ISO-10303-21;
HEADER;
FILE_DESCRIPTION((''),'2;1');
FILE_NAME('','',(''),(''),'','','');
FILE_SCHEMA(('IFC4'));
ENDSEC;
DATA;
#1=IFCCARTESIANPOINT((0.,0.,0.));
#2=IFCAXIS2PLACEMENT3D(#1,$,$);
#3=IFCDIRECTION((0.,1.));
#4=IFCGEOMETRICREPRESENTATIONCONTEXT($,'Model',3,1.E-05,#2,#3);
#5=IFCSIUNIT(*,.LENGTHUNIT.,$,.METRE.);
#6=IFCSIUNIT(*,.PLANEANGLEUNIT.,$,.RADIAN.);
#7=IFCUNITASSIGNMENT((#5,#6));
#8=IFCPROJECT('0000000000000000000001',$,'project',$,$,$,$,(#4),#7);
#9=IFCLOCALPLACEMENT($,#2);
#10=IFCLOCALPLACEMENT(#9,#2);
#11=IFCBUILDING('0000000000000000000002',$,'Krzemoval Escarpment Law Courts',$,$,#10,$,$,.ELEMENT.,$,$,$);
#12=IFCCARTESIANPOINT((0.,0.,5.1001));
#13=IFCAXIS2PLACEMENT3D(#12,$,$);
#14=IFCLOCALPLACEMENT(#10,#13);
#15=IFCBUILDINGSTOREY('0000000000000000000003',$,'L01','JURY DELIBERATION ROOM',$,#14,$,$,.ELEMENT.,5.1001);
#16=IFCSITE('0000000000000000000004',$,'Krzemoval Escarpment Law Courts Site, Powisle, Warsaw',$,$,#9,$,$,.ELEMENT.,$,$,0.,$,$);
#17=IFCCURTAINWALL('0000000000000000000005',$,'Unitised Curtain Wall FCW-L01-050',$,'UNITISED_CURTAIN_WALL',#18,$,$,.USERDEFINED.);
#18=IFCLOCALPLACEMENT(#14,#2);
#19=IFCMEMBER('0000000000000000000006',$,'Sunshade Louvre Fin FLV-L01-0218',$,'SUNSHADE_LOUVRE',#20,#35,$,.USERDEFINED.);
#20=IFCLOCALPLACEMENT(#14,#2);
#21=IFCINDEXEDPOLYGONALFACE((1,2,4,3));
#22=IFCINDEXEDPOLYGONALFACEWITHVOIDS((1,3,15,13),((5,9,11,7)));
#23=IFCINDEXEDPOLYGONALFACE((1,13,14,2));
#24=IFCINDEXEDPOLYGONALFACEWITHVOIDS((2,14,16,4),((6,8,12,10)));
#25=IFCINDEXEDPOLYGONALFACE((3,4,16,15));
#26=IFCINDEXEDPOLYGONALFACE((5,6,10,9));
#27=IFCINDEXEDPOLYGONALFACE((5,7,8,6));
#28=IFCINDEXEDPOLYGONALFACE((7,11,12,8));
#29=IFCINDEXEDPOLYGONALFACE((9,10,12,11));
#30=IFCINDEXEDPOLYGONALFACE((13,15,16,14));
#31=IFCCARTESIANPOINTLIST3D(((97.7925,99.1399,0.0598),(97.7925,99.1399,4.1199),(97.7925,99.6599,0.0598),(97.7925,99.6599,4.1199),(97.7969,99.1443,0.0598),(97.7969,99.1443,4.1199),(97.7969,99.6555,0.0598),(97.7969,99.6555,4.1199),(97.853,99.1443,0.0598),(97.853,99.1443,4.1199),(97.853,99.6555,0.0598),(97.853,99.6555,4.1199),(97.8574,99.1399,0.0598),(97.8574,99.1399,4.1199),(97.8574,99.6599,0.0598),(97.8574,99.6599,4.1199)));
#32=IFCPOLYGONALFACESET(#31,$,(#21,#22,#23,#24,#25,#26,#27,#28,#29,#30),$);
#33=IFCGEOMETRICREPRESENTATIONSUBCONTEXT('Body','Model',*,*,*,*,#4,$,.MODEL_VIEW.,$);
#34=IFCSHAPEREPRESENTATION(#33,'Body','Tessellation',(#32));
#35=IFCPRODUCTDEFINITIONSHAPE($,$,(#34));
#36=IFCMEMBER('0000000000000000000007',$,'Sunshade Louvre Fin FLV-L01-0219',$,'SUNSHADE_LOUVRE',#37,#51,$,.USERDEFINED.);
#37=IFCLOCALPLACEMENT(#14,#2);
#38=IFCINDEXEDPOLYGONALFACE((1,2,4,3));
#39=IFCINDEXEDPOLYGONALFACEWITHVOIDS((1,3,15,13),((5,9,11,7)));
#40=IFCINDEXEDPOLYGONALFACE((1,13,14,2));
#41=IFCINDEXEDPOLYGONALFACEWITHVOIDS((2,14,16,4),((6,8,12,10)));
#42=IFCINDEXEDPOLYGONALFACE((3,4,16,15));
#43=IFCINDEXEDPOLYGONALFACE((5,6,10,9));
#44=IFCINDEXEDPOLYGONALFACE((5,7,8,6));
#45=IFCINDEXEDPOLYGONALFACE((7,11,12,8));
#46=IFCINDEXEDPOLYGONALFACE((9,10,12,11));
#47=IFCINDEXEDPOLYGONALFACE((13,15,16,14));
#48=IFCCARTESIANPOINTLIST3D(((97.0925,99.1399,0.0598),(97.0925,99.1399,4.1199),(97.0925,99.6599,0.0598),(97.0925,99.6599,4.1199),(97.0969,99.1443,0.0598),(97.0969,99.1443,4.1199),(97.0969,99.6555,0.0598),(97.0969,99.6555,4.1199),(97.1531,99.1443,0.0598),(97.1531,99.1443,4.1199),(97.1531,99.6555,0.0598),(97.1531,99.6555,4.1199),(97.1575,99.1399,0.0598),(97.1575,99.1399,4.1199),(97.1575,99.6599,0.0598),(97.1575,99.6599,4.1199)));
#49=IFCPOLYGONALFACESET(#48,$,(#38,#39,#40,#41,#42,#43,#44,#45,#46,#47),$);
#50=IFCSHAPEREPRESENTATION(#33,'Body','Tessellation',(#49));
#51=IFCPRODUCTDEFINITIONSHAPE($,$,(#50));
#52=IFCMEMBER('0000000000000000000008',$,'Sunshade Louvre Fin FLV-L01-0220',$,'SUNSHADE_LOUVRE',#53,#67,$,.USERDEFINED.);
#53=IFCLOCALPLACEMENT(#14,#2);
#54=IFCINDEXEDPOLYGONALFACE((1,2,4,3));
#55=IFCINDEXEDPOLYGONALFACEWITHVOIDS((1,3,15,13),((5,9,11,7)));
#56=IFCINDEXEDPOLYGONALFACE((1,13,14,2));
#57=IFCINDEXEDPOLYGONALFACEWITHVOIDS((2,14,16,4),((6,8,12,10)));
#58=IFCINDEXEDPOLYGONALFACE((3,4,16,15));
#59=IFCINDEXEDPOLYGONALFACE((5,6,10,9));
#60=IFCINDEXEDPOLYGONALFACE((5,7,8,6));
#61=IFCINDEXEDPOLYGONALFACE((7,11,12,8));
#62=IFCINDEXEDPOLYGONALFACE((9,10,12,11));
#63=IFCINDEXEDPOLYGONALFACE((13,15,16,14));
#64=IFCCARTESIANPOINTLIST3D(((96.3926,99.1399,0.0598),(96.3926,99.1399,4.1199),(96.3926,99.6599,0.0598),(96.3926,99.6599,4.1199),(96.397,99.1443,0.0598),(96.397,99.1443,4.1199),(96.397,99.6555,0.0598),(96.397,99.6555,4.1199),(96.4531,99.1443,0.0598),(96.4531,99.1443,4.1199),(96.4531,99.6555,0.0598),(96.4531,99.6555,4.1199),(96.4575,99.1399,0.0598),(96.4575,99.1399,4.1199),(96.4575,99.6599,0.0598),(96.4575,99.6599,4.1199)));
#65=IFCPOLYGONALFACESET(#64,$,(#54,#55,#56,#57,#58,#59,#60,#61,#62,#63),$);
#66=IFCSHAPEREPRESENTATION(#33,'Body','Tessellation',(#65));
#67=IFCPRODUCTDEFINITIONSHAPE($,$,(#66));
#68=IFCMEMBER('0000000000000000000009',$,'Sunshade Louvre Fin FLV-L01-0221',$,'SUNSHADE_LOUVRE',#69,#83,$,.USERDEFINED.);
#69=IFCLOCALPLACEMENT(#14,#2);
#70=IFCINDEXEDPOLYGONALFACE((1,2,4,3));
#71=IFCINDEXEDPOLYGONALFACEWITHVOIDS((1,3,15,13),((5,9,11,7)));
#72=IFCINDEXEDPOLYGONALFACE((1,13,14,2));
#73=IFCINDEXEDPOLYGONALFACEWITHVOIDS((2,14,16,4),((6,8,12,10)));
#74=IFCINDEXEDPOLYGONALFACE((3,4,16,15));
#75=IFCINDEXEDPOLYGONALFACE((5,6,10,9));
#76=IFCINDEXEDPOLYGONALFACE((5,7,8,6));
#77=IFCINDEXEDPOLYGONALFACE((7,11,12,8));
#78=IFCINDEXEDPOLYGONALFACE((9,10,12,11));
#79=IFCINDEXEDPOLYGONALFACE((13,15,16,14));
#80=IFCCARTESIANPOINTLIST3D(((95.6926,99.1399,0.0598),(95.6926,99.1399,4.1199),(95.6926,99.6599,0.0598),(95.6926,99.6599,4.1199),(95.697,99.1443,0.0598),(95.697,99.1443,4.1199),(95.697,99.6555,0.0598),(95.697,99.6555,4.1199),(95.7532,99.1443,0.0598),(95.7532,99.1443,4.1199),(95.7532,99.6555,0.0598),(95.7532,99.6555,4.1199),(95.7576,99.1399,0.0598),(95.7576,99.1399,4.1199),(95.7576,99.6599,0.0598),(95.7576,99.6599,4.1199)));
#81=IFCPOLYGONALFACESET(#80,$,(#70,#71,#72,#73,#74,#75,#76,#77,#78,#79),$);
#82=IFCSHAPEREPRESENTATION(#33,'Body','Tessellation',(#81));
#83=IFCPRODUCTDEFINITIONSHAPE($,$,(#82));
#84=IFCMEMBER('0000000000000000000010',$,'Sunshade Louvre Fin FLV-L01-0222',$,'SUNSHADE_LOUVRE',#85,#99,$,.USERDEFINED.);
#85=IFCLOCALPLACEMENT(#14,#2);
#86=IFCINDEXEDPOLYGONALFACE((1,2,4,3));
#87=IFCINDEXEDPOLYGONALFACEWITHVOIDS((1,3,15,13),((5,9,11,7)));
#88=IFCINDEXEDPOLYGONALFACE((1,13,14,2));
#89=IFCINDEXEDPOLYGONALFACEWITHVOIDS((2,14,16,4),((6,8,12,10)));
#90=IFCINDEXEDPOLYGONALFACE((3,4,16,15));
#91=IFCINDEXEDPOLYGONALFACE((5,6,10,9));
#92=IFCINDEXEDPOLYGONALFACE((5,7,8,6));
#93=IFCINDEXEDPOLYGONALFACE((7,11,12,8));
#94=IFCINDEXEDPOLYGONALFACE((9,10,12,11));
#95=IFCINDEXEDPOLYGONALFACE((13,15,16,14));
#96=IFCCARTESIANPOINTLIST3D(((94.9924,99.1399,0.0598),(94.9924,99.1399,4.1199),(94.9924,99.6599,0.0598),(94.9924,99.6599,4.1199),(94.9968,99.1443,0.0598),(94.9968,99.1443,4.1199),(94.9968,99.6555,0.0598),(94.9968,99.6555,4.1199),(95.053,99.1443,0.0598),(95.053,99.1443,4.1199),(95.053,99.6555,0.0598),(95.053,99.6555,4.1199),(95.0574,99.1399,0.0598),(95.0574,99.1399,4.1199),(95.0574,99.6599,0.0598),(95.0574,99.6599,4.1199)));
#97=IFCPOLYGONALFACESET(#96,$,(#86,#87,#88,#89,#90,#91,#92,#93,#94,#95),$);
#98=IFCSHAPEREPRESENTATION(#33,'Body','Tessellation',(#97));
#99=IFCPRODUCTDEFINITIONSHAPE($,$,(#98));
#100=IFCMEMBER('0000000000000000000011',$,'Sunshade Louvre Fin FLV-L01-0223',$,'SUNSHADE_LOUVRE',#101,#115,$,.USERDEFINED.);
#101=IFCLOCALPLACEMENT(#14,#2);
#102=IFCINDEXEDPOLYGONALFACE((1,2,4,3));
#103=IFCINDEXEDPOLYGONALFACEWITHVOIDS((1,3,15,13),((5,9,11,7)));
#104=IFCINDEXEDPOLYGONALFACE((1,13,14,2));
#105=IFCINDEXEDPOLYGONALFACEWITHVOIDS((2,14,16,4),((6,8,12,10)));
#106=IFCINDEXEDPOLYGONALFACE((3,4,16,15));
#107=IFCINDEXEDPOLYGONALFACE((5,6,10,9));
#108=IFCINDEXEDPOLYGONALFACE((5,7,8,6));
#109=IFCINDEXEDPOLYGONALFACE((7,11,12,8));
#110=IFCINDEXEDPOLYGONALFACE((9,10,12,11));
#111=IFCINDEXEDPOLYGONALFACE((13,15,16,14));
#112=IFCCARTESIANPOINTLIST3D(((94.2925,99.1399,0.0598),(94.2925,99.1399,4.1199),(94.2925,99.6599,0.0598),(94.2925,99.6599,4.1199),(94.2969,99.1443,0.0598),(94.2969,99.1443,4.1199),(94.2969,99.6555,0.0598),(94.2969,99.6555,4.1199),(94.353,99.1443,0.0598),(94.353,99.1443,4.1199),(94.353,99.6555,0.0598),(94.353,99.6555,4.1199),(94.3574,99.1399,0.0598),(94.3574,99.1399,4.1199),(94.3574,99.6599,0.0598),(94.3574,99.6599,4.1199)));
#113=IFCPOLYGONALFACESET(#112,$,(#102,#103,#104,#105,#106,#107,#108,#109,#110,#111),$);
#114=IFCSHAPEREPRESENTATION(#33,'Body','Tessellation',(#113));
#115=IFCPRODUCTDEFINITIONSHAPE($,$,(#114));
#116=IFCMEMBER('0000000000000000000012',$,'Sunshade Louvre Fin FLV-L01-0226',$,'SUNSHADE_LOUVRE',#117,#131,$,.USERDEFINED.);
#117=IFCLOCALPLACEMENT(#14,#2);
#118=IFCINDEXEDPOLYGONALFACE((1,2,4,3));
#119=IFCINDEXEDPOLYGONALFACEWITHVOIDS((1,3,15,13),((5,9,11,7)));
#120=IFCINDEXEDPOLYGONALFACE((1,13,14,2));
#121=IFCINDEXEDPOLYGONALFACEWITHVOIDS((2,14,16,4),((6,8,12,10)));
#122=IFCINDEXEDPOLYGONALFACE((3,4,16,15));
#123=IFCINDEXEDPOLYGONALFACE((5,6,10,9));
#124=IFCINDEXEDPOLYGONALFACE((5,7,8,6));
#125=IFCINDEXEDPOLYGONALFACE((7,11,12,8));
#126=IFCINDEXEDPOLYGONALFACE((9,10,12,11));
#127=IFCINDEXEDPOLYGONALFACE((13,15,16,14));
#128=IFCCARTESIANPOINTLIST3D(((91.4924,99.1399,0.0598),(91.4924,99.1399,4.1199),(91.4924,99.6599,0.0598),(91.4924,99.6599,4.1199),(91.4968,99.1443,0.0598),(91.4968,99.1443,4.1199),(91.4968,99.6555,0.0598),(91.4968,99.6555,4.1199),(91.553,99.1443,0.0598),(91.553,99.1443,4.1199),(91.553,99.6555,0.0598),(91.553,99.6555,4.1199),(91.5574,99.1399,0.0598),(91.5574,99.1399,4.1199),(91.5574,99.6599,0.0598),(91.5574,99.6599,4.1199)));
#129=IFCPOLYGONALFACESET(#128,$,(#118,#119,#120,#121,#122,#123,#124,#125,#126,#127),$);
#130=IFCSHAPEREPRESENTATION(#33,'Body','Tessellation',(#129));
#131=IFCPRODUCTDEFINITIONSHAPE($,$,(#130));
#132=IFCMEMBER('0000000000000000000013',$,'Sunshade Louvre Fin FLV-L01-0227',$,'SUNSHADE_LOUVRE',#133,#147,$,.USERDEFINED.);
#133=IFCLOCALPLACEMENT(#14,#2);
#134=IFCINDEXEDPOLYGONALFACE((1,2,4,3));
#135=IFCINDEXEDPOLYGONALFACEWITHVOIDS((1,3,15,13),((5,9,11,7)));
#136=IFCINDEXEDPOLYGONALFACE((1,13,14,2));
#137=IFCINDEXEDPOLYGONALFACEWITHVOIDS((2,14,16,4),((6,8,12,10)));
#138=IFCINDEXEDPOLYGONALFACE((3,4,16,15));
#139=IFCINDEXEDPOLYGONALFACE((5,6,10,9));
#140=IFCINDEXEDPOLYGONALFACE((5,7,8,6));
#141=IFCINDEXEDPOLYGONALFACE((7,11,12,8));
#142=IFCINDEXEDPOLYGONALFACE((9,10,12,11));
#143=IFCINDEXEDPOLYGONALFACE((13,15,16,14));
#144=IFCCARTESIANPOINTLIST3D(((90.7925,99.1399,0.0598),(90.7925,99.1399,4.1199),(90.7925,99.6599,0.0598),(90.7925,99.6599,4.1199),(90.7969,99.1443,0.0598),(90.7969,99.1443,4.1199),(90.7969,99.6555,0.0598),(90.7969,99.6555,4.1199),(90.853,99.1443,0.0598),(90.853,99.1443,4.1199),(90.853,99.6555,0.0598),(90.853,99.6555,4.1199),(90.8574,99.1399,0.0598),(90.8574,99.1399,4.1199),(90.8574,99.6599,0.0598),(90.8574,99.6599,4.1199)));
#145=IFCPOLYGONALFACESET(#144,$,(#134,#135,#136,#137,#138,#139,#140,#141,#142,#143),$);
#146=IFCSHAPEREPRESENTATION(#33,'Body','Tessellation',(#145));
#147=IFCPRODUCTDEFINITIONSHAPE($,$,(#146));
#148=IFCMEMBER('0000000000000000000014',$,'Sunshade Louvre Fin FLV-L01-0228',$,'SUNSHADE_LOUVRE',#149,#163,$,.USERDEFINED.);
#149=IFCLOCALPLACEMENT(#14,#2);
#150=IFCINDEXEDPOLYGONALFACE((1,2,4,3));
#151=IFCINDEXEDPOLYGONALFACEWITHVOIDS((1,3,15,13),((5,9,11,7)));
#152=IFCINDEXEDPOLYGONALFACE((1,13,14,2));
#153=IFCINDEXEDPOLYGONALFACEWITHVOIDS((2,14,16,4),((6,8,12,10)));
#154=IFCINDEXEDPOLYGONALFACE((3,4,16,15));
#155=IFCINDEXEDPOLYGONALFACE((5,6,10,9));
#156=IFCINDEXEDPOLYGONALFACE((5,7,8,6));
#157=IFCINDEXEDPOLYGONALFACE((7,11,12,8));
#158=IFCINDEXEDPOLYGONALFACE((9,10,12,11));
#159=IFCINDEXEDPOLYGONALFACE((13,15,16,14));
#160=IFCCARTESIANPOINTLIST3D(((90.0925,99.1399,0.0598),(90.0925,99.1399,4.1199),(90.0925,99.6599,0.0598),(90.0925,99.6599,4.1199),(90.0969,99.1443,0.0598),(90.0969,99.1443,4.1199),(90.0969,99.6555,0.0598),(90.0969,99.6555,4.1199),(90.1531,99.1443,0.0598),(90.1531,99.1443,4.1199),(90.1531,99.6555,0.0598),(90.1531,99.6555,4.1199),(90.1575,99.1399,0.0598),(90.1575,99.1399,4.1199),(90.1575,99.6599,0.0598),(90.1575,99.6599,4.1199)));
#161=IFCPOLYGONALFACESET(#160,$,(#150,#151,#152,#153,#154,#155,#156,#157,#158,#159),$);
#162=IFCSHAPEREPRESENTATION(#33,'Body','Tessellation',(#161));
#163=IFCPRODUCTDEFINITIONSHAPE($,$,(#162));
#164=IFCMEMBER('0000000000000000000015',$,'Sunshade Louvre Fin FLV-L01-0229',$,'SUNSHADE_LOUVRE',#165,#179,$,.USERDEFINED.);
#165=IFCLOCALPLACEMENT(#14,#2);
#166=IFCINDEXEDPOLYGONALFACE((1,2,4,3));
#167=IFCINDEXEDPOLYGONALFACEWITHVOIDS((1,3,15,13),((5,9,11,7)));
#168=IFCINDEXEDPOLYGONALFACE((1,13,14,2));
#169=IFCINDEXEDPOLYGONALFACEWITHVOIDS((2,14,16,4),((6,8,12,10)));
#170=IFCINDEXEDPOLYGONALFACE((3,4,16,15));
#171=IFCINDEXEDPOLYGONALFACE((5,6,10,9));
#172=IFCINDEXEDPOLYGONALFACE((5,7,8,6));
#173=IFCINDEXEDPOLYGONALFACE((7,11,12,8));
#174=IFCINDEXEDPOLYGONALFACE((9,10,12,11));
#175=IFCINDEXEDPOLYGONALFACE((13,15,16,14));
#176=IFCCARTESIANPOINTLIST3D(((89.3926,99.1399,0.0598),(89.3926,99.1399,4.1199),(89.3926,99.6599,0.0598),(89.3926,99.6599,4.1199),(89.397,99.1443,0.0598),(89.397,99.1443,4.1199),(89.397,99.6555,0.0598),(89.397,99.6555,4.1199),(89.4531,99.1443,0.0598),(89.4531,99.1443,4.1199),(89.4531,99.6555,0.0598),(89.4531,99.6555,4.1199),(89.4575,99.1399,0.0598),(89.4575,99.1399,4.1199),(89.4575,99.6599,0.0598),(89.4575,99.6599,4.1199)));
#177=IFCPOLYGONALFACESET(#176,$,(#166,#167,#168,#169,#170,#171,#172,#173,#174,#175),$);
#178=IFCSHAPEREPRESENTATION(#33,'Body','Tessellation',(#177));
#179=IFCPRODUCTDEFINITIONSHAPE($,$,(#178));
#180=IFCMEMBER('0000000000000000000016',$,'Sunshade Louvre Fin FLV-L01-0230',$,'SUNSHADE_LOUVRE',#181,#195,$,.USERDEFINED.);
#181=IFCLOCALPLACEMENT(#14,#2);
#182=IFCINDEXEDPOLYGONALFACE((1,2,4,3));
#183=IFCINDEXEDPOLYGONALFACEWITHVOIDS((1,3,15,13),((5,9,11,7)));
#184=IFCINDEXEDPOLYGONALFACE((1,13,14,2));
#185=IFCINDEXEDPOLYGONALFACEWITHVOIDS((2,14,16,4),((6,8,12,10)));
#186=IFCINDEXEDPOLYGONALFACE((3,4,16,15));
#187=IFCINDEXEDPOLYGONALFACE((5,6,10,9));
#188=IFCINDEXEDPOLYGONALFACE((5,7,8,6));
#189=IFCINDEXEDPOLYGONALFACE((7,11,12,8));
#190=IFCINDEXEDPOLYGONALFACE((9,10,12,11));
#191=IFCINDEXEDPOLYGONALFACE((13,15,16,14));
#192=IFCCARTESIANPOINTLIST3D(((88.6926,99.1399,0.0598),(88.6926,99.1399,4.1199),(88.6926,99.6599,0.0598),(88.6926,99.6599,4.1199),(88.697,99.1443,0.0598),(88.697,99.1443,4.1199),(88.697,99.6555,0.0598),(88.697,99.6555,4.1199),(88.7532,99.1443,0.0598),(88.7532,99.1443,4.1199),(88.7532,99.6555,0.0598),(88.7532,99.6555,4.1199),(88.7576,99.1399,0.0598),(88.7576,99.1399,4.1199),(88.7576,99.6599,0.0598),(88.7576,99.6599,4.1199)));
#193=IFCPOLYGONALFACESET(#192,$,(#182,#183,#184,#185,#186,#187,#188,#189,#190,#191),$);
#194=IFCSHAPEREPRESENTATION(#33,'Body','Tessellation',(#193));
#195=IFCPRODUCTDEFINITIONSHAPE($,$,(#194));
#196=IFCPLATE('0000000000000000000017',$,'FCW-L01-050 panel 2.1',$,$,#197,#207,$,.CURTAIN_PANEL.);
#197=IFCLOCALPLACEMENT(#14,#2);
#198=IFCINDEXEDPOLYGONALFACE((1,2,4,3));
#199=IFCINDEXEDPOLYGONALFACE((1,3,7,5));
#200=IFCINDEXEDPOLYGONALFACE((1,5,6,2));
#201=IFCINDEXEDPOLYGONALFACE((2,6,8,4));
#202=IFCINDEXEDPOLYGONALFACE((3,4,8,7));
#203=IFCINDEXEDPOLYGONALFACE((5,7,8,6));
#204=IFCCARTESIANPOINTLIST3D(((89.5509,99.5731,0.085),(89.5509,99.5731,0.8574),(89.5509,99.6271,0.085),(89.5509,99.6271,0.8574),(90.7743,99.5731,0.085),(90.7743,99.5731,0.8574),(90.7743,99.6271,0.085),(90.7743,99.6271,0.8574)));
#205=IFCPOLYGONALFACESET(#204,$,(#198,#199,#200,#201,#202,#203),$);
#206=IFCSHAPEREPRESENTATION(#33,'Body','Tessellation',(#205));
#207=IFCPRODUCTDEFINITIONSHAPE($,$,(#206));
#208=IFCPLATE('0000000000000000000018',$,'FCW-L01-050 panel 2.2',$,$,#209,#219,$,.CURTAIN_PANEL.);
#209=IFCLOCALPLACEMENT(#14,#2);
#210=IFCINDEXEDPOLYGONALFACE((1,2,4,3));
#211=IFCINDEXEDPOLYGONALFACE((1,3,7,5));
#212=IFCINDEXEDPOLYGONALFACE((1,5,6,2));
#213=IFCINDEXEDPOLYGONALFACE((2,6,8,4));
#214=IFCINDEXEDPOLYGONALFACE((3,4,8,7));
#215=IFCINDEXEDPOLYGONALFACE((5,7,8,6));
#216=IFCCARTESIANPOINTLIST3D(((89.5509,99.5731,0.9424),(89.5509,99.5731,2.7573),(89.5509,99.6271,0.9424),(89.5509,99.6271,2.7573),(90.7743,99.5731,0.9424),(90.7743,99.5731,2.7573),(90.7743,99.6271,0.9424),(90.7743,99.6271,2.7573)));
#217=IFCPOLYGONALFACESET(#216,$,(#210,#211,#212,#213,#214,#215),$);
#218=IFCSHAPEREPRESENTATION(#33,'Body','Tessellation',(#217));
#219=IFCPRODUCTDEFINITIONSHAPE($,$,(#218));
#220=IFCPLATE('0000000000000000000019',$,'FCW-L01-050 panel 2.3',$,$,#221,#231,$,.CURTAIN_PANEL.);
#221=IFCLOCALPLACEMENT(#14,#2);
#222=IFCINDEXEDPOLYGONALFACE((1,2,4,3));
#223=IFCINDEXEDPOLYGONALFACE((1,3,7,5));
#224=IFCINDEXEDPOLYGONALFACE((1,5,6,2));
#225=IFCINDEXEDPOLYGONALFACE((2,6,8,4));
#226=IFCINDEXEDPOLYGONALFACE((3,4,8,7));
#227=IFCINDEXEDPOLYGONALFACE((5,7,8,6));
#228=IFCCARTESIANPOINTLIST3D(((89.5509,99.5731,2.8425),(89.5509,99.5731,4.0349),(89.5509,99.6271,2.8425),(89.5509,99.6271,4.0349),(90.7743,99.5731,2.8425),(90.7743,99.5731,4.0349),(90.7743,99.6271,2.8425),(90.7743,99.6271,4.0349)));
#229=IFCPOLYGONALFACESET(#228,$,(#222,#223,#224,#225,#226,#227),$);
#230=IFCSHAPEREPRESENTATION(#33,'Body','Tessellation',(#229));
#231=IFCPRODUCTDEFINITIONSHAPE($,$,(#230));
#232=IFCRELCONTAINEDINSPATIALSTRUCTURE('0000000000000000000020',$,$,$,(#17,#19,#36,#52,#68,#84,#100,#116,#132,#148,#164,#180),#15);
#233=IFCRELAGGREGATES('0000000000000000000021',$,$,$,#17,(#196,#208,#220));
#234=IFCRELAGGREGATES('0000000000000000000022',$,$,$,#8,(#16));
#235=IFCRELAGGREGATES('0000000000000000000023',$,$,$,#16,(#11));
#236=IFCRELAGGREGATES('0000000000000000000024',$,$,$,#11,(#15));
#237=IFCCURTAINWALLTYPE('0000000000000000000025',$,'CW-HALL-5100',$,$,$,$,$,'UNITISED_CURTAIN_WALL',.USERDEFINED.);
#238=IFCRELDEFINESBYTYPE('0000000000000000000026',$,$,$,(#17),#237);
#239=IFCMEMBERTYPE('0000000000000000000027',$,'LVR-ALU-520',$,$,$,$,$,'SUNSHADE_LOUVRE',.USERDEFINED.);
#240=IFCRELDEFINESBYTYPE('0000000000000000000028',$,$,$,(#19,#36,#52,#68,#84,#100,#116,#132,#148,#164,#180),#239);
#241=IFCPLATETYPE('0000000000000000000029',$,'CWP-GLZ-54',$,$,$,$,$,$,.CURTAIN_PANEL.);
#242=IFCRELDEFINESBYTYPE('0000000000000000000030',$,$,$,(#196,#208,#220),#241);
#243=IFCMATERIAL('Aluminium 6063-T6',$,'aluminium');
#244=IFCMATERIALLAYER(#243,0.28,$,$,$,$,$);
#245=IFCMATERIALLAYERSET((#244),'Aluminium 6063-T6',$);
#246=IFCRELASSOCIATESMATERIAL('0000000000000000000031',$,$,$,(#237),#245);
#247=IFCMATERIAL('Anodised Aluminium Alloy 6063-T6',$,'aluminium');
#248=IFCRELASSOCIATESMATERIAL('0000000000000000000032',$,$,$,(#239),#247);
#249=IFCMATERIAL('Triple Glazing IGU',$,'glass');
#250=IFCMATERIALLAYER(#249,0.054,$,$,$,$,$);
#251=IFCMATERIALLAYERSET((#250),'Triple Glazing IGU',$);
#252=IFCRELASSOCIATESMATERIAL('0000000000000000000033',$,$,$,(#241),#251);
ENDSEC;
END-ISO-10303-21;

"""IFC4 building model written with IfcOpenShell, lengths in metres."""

from ifc_helpers import new_model, si_unit, direction, frame, origin, origin_2d, place, context, subcontext, project, spatial, rectangle, hollow_rectangle, extrude, material, layer, layer_set, material_profile, profile_set, type_object, element, aggregate, save


model = new_model("IFC4")

# Units and contexts
model_context = context("Model", 3, precision=1e-05, world=origin(), true_north=direction((0.0, 1.0)))
body_context = subcontext(model_context, "Body", "Model", "MODEL_VIEW")
ifc_project = project(units=[si_unit("LENGTHUNIT", "METRE"), si_unit("PLANEANGLEUNIT", "RADIAN")], contexts=[model_context])

# Site, building, storey
site_placement = place(None, origin())
site = spatial("IfcSite", under=ifc_project, at=site_placement, Name="Krzemoval Escarpment Law Courts Site, Powisle, Warsaw", CompositionType="ELEMENT", RefElevation=0.0)
building_placement = place(site_placement, origin())
building = spatial("IfcBuilding", under=site, at=building_placement, Name="Krzemoval Escarpment Law Courts", CompositionType="ELEMENT")
storey_placement = place(building_placement, frame((0.0, 0.0, 5.1001)))
storey = spatial("IfcBuildingStorey", under=building, at=storey_placement, Name="L01", Description="JURY DELIBERATION ROOM", CompositionType="ELEMENT", Elevation=5.1001)

# Curtain wall
ifc_material_1 = material(Name="Aluminium 6063-T6", Category="aluminium")
ifc_layer_1 = layer(ifc_material_1, 0.28)
ifc_layer_set_1 = layer_set([ifc_layer_1], Name="Aluminium 6063-T6")
curtain_wall_type = type_object("IfcCurtainWallType", Name="CW-HALL-5100", ElementType="UNITISED_CURTAIN_WALL", PredefinedType="USERDEFINED", material=ifc_layer_set_1)
curtain_wall_placement = place(storey_placement, origin())
curtain_wall = element("IfcCurtainWall", 1, at=curtain_wall_placement, inside=storey, type_object=curtain_wall_type, Name="Unitised Curtain Wall FCW-L01-050", ObjectType="UNITISED_CURTAIN_WALL", PredefinedType="USERDEFINED")

# Members
ifc_material_2 = material(Name="Anodised Aluminium Alloy 6063-T6", Category="aluminium")
ifc_material_profile_1 = material_profile(ifc_material_2, hollow_rectangle(XDim=0.0649, YDim=0.52, WallThickness=0.0044, at=origin_2d()), Name="ALU LVR 65x520")
ifc_profile_set_1 = profile_set([ifc_material_profile_1], Name="Anodised Aluminium Alloy 6063-T6")
member_type_1 = type_object("IfcMemberType", Name="LVR-ALU-520", ElementType="SUNSHADE_LOUVRE", PredefinedType="USERDEFINED", material=ifc_profile_set_1)
for number, where, z_axis, x_axis, name in (
    (2, (97.825, 99.3999, 0.0598), (0.0, 0.0, 1.0), (1.0, 0.0, 0.0), "Sunshade Louvre Fin FLV-L01-0218"),
    (3, (97.125, 99.3999, 0.0598), (0.0, 0.0, 1.0), (1.0, 0.0, 0.0), "Sunshade Louvre Fin FLV-L01-0219"),
    (4, (96.425, 99.3999, 0.0598), (0.0, 0.0, 1.0), (1.0, 0.0, 0.0), "Sunshade Louvre Fin FLV-L01-0220"),
    (5, (95.7251, 99.3999, 0.0598), (0.0, 0.0, 1.0), (1.0, 0.0, 0.0), "Sunshade Louvre Fin FLV-L01-0221"),
    (6, (95.0249, 99.3999, 0.0598), (0.0, 0.0, 1.0), (1.0, 0.0, 0.0), "Sunshade Louvre Fin FLV-L01-0222"),
    (7, (94.325, 99.3999, 0.0598), (0.0, 0.0, 1.0), (1.0, 0.0, 0.0), "Sunshade Louvre Fin FLV-L01-0223"),
    (8, (91.5249, 99.3999, 0.0598), (0.0, 0.0, 1.0), (1.0, 0.0, 0.0), "Sunshade Louvre Fin FLV-L01-0226"),
    (9, (90.825, 99.3999, 0.0598), (0.0, 0.0, 1.0), (1.0, 0.0, 0.0), "Sunshade Louvre Fin FLV-L01-0227"),
    (10, (90.125, 99.3999, 0.0598), (0.0, 0.0, 1.0), (1.0, 0.0, 0.0), "Sunshade Louvre Fin FLV-L01-0228"),
    (11, (89.425, 99.3999, 0.0598), (0.0, 0.0, 1.0), (1.0, 0.0, 0.0), "Sunshade Louvre Fin FLV-L01-0229"),
    (12, (88.7251, 99.3999, 0.0598), (0.0, 0.0, 1.0), (1.0, 0.0, 0.0), "Sunshade Louvre Fin FLV-L01-0230"),
):
    element("IfcMember", number, at=place(storey_placement, frame(where, z_axis=z_axis, x_axis=x_axis)), inside=storey, type_object=member_type_1, Name=name, ObjectType="SUNSHADE_LOUVRE", PredefinedType="USERDEFINED", context=body_context, shape_type="SweptSolid", body=[
        extrude(hollow_rectangle(XDim=0.0649, YDim=0.52, WallThickness=0.0044, at=origin_2d()), origin(), (0.0, 0.0, 1.0), 4.0601),
    ])

# Plates
ifc_material_3 = material(Name="Triple Glazing IGU", Category="glass")
ifc_layer_2 = layer(ifc_material_3, 0.054)
ifc_layer_set_2 = layer_set([ifc_layer_2], Name="Triple Glazing IGU")
plate_type = type_object("IfcPlateType", Name="CWP-GLZ-54", PredefinedType="CURTAIN_PANEL", material=ifc_layer_set_2)
plate_1_placement = place(storey_placement, frame((90.1626, 99.6001, 0.085), z_axis=(0.0, 0.0, 1.0), x_axis=(-1.0, 0.0, 0.0)))
plate_1 = element("IfcPlate", 13, at=plate_1_placement, type_object=plate_type, Name="FCW-L01-050 panel 2.1", PredefinedType="CURTAIN_PANEL", context=body_context, shape_type="SweptSolid", body=[
    extrude(rectangle(XDim=1.2234, YDim=0.054, at=origin_2d()), origin(), (0.0, 0.0, 1.0), 0.7725),
])
plate_2_placement = place(storey_placement, frame((90.1626, 99.6001, 0.9424), z_axis=(0.0, 0.0, 1.0), x_axis=(-1.0, 0.0, 0.0)))
plate_2 = element("IfcPlate", 14, at=plate_2_placement, type_object=plate_type, Name="FCW-L01-050 panel 2.2", PredefinedType="CURTAIN_PANEL", context=body_context, shape_type="SweptSolid", body=[
    extrude(rectangle(XDim=1.2234, YDim=0.054, at=origin_2d()), origin(), (0.0, 0.0, 1.0), 1.8149),
])
plate_3_placement = place(storey_placement, frame((90.1626, 99.6001, 2.8425), z_axis=(0.0, 0.0, 1.0), x_axis=(-1.0, 0.0, 0.0)))
plate_3 = element("IfcPlate", 15, at=plate_3_placement, type_object=plate_type, Name="FCW-L01-050 panel 2.3", PredefinedType="CURTAIN_PANEL", context=body_context, shape_type="SweptSolid", body=[
    extrude(rectangle(XDim=1.2234, YDim=0.054, at=origin_2d()), origin(), (0.0, 0.0, 1.0), 1.1924),
])
aggregate(curtain_wall, [plate_1, plate_2, plate_3])

save(model, "model.ifc")
